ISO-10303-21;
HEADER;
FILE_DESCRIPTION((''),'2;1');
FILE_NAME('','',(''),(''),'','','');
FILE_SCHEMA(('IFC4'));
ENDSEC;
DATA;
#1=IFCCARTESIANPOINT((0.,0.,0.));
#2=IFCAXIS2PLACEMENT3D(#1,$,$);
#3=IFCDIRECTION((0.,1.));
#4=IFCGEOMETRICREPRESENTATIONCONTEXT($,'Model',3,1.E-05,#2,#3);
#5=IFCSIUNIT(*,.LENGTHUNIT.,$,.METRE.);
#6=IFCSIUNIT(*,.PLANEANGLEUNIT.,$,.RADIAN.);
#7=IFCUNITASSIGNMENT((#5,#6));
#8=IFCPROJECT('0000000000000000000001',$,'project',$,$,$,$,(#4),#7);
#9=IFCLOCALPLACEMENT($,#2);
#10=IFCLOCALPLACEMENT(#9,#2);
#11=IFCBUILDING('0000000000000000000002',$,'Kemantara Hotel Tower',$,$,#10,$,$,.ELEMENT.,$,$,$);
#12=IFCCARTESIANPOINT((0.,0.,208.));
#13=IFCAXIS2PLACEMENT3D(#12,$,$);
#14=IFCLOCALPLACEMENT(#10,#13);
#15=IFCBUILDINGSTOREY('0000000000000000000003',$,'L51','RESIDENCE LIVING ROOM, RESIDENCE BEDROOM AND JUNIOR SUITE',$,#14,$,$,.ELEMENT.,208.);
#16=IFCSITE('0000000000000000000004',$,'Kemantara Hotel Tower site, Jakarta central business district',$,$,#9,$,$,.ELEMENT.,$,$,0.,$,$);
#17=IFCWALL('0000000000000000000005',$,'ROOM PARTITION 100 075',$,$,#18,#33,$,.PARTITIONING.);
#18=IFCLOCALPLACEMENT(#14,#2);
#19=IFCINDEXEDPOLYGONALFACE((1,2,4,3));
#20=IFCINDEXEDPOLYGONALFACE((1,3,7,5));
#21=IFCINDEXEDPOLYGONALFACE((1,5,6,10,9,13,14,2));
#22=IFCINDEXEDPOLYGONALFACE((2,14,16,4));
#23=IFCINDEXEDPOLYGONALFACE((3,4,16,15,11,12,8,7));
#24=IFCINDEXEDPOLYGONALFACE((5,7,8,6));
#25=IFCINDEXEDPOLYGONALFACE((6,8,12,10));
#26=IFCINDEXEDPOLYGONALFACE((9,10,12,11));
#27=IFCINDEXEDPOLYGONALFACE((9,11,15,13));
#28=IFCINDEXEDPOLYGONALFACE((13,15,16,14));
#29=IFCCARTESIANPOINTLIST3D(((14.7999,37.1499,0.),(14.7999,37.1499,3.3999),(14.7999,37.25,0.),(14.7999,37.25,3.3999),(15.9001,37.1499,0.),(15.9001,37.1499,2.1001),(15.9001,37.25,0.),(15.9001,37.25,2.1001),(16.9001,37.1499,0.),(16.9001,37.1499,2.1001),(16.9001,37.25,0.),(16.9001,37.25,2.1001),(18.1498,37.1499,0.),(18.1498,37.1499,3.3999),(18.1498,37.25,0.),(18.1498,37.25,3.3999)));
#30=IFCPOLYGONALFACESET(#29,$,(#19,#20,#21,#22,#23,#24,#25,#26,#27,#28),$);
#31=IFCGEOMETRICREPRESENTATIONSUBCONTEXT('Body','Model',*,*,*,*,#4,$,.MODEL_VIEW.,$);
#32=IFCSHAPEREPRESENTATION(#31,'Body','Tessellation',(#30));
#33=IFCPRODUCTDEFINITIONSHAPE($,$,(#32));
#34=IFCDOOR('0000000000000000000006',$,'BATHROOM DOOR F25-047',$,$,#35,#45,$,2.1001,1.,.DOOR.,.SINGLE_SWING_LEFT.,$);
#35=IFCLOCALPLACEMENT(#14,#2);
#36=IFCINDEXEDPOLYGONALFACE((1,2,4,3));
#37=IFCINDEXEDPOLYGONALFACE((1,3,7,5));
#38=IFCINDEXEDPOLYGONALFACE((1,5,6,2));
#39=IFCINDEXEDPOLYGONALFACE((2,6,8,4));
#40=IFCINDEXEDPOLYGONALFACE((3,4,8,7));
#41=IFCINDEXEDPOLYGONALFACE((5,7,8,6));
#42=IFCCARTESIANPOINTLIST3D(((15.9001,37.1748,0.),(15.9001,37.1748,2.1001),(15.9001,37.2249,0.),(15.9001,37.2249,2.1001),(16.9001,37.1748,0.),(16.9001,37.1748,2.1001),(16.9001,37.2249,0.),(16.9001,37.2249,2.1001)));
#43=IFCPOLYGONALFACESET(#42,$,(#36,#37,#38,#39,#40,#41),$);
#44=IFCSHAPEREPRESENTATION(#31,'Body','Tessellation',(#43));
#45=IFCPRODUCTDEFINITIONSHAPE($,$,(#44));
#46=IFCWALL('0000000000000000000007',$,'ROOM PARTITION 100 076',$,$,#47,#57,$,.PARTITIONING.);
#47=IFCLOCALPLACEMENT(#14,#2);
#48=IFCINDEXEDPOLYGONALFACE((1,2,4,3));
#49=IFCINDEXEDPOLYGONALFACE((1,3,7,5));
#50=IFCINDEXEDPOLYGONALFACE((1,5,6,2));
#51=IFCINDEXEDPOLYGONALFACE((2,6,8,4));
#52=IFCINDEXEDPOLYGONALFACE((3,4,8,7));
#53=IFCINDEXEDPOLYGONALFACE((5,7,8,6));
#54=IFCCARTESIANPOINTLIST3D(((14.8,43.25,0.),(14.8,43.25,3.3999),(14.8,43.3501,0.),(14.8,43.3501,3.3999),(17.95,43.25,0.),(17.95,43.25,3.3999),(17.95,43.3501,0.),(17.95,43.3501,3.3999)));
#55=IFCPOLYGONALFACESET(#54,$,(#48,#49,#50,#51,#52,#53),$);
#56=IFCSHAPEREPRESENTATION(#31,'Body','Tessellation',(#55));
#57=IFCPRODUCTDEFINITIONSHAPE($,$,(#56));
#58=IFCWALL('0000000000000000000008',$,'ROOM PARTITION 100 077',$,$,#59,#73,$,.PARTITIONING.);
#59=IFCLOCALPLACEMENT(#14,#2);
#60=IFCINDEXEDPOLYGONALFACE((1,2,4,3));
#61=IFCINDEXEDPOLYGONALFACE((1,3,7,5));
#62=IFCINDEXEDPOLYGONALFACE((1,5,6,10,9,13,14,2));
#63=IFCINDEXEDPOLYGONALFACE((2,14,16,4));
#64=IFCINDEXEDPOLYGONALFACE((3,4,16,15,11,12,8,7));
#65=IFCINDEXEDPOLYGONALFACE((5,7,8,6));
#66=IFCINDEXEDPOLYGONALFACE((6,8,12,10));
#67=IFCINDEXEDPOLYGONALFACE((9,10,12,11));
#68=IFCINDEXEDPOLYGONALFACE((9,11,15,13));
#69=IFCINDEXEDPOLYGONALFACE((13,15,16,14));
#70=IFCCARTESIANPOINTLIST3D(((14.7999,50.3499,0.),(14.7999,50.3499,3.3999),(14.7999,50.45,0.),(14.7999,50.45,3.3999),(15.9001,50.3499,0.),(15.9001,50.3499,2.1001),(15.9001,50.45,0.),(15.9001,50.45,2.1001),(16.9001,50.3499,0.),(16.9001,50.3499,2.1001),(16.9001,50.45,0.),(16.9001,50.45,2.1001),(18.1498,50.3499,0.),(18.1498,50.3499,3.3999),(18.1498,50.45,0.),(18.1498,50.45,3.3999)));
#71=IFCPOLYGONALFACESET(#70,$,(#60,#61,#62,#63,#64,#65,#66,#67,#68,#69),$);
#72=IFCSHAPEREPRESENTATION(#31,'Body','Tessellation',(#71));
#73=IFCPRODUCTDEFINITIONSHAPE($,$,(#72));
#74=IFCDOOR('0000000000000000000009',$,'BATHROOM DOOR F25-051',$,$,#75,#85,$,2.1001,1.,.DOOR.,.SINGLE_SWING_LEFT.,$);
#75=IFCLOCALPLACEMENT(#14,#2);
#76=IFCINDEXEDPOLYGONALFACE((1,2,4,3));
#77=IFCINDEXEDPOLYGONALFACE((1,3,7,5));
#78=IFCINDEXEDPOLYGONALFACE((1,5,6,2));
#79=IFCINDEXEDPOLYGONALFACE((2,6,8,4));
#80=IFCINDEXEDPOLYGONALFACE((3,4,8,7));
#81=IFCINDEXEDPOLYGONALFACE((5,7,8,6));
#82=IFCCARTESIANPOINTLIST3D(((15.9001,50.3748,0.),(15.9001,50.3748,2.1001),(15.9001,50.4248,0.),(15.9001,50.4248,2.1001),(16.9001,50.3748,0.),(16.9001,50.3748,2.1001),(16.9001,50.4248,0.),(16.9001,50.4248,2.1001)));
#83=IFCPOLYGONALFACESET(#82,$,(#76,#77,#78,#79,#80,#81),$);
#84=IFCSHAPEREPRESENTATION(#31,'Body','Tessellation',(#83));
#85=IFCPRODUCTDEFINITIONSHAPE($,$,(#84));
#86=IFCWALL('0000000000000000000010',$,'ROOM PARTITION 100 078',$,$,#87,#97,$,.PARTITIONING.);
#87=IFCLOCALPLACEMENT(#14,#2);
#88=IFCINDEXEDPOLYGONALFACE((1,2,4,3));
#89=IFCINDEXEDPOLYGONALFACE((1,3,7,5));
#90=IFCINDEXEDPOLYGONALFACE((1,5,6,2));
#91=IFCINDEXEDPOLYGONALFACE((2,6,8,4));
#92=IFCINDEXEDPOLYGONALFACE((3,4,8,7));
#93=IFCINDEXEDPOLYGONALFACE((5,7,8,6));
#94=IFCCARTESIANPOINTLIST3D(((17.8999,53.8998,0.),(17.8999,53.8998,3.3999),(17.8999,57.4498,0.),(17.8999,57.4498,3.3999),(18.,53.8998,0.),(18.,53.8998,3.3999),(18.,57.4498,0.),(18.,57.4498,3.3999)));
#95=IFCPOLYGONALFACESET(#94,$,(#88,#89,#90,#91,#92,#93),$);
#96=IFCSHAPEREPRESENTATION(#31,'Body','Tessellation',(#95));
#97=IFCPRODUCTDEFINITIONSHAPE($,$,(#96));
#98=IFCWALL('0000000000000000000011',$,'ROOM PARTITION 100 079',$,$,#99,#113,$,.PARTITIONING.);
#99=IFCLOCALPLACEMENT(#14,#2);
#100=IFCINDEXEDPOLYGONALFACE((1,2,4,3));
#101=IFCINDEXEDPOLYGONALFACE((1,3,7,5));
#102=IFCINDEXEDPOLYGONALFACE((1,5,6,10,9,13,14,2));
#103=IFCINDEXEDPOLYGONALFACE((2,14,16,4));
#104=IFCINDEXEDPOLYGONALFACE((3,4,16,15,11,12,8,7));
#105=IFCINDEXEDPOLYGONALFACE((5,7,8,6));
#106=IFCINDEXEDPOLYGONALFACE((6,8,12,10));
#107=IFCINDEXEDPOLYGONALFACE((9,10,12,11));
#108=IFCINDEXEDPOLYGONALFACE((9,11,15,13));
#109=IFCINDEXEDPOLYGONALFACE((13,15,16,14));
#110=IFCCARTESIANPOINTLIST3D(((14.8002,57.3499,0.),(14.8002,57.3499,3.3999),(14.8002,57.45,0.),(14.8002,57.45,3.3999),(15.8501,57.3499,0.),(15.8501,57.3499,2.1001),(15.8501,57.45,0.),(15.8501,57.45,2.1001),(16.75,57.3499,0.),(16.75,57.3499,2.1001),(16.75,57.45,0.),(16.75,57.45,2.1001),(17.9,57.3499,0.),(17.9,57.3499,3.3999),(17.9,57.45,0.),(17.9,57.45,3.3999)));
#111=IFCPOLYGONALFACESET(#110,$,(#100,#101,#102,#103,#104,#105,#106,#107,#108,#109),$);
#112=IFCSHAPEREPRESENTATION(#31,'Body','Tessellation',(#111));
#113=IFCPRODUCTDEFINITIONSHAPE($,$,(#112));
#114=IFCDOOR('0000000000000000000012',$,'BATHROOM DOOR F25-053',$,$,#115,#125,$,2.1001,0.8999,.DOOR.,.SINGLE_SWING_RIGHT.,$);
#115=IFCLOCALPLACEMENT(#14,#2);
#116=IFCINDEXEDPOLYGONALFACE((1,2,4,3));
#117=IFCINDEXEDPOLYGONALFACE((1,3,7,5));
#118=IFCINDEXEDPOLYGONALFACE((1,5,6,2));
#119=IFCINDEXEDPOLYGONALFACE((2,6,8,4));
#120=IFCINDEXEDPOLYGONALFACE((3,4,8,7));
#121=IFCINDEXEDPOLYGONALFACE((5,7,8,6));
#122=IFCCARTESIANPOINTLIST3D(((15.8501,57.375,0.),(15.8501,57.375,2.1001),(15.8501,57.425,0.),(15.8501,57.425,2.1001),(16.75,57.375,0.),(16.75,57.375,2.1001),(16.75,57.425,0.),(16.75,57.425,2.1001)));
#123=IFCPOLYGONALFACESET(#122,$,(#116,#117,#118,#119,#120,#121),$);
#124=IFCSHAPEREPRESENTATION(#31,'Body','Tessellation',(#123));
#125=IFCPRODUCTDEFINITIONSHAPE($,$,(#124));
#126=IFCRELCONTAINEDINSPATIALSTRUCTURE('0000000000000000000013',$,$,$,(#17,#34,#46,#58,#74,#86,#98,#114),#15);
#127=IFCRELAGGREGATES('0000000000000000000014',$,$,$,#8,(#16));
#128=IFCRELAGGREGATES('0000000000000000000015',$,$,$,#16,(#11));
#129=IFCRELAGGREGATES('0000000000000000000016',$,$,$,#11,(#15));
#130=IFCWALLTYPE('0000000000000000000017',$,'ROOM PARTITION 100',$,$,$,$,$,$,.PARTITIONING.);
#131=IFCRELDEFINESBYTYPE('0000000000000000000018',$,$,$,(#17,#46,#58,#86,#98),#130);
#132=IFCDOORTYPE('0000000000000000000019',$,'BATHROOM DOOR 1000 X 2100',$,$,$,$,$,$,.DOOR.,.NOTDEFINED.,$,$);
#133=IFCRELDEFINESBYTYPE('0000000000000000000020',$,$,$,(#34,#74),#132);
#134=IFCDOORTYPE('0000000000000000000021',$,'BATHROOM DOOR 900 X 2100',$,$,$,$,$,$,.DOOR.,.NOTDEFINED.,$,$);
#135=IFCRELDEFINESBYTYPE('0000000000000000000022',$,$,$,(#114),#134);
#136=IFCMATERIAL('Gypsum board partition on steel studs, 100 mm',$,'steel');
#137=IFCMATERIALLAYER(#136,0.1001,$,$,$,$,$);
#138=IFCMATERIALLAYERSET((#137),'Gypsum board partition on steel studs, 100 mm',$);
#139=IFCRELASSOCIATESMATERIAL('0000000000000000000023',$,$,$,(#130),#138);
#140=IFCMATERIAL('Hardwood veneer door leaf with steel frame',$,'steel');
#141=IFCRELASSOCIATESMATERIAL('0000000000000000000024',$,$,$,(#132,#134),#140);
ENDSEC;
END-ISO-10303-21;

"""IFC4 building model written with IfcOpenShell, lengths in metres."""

from ifc_helpers import new_model, si_unit, direction, frame, frame_2d, origin, place, context, subcontext, project, spatial, rectangle, extrude, material, layer, layer_set, type_object, element, fill, save


model = new_model("IFC4")

# Units and contexts
model_context = context("Model", 3, precision=1e-05, world=origin(), true_north=direction((0.0, 1.0)))
body_context = subcontext(model_context, "Body", "Model", "MODEL_VIEW")
ifc_project = project(units=[si_unit("LENGTHUNIT", "METRE"), si_unit("PLANEANGLEUNIT", "RADIAN")], contexts=[model_context])

# Site, building, storey
site_placement = place(None, origin())
site = spatial("IfcSite", under=ifc_project, at=site_placement, Name="Kemantara Hotel Tower site, Jakarta central business district", CompositionType="ELEMENT", RefElevation=0.0)
building_placement = place(site_placement, origin())
building = spatial("IfcBuilding", under=site, at=building_placement, Name="Kemantara Hotel Tower", CompositionType="ELEMENT")
storey_placement = place(building_placement, frame((0.0, 0.0, 208.0)))
storey = spatial("IfcBuildingStorey", under=building, at=storey_placement, Name="L51", Description="RESIDENCE LIVING ROOM, RESIDENCE BEDROOM AND JUNIOR SUITE", CompositionType="ELEMENT", Elevation=208.0)

# Shared definitions
ifc_material_1 = material(Name="Gypsum board partition on steel studs, 100 mm", Category="steel")
ifc_layer_1 = layer(ifc_material_1, 0.1001)
ifc_layer_set_1 = layer_set([ifc_layer_1], Name="Gypsum board partition on steel studs, 100 mm")
wall_type_1 = type_object("IfcWallType", Name="ROOM PARTITION 100", PredefinedType="PARTITIONING", material=ifc_layer_set_1)

# Wall, opening, door
wall_1_placement = place(storey_placement, frame((14.8, 37.2, 0.0), z_axis=(0.0, 0.0, 1.0), x_axis=(1.0, 0.0, 0.0)))
wall_1 = element("IfcWall", 1, at=wall_1_placement, inside=storey, type_object=wall_type_1, Name="ROOM PARTITION 100 075", PredefinedType="PARTITIONING", context=body_context, shape_type="SweptSolid", body=[
    extrude(rectangle(XDim=3.3499, YDim=0.1001, at=frame_2d((1.6748, 0.0))), origin(), (0.0, 0.0, 1.0), 3.3999),
])
opening_1_placement = place(wall_1_placement, frame((1.1001, 0.0, 0.0)))
opening_1 = element("IfcOpeningElement", 2, at=opening_1_placement, cuts=wall_1, PredefinedType="OPENING", context=body_context, shape_type="SweptSolid", body=[
    extrude(rectangle(XDim=1.0, YDim=2.1001, at=frame_2d((0.5, 1.05))), frame((0.0, 0.0601, 0.0), z_axis=(0.0, -1.0, 0.0), x_axis=(1.0, 0.0, 0.0)), (0.0, 0.0, 1.0), 0.1201),
])
ifc_material_2 = material(Name="Hardwood veneer door leaf with steel frame", Category="steel")
door_type_1 = type_object("IfcDoorType", Name="BATHROOM DOOR 1000 X 2100", OperationType="NOTDEFINED", PredefinedType="DOOR", material=ifc_material_2)
door_1_placement = place(opening_1_placement, origin())
door_1 = element("IfcDoor", 3, at=door_1_placement, inside=storey, type_object=door_type_1, Name="BATHROOM DOOR F25-047", OperationType="SINGLE_SWING_LEFT", OverallHeight=2.1001, OverallWidth=1.0, PredefinedType="DOOR", context=body_context, shape_type="SweptSolid", body=[
    extrude(rectangle(XDim=1.0, YDim=2.1001, at=frame_2d((0.5, 1.05))), frame((0.0, 0.0249, 0.0), z_axis=(0.0, -1.0, 0.0), x_axis=(1.0, 0.0, 0.0)), (0.0, 0.0, 1.0), 0.05),
])
fill(opening_1, door_1)

# Wall
wall_2_placement = place(storey_placement, frame((14.8, 43.3, 0.0), z_axis=(0.0, 0.0, 1.0), x_axis=(1.0, 0.0, 0.0)))
element("IfcWall", 4, at=wall_2_placement, inside=storey, type_object=wall_type_1, Name="ROOM PARTITION 100 076", PredefinedType="PARTITIONING", context=body_context, shape_type="SweptSolid", body=[
    extrude(rectangle(XDim=3.1499, YDim=0.1001, at=frame_2d((1.575, 0.0))), origin(), (0.0, 0.0, 1.0), 3.3999),
])

# Wall, opening, door
wall_3_placement = place(storey_placement, frame((14.8, 50.3999, 0.0), z_axis=(0.0, 0.0, 1.0), x_axis=(1.0, 0.0, 0.0)))
wall_3 = element("IfcWall", 5, at=wall_3_placement, inside=storey, type_object=wall_type_1, Name="ROOM PARTITION 100 077", PredefinedType="PARTITIONING", context=body_context, shape_type="SweptSolid", body=[
    extrude(rectangle(XDim=3.3499, YDim=0.1001, at=frame_2d((1.6748, 0.0))), origin(), (0.0, 0.0, 1.0), 3.3999),
])
opening_2_placement = place(wall_3_placement, frame((1.1001, 0.0, 0.0)))
opening_2 = element("IfcOpeningElement", 6, at=opening_2_placement, cuts=wall_3, PredefinedType="OPENING", context=body_context, shape_type="SweptSolid", body=[
    extrude(rectangle(XDim=1.0, YDim=2.1001, at=frame_2d((0.5, 1.05))), frame((0.0, 0.0601, 0.0), z_axis=(0.0, -1.0, 0.0), x_axis=(1.0, 0.0, 0.0)), (0.0, 0.0, 1.0), 0.1201),
])
door_2_placement = place(opening_2_placement, origin())
door_2 = element("IfcDoor", 7, at=door_2_placement, inside=storey, type_object=door_type_1, Name="BATHROOM DOOR F25-051", OperationType="SINGLE_SWING_LEFT", OverallHeight=2.1001, OverallWidth=1.0, PredefinedType="DOOR", context=body_context, shape_type="SweptSolid", body=[
    extrude(rectangle(XDim=1.0, YDim=2.1001, at=frame_2d((0.5, 1.05))), frame((0.0, 0.0249, 0.0), z_axis=(0.0, -1.0, 0.0), x_axis=(1.0, 0.0, 0.0)), (0.0, 0.0, 1.0), 0.05),
])
fill(opening_2, door_2)

# Wall
wall_4_placement = place(storey_placement, frame((17.95, 53.8999, 0.0), z_axis=(0.0, 0.0, 1.0), x_axis=(0.0, 1.0, 0.0)))
element("IfcWall", 8, at=wall_4_placement, inside=storey, type_object=wall_type_1, Name="ROOM PARTITION 100 078", PredefinedType="PARTITIONING", context=body_context, shape_type="SweptSolid", body=[
    extrude(rectangle(XDim=3.55, YDim=0.1001, at=frame_2d((1.7749, 0.0))), origin(), (0.0, 0.0, 1.0), 3.3999),
])

# Wall, opening, door
wall_5_placement = place(storey_placement, frame((17.8999, 57.3999, 0.0), z_axis=(0.0, 0.0, 1.0), x_axis=(-1.0, 0.0, 0.0)))
wall_5 = element("IfcWall", 9, at=wall_5_placement, inside=storey, type_object=wall_type_1, Name="ROOM PARTITION 100 079", PredefinedType="PARTITIONING", context=body_context, shape_type="SweptSolid", body=[
    extrude(rectangle(XDim=3.0999, YDim=0.1001, at=frame_2d((1.5498, 0.0))), origin(), (0.0, 0.0, 1.0), 3.3999),
])
opening_3_placement = place(wall_5_placement, frame((1.1499, 0.0, 0.0)))
opening_3 = element("IfcOpeningElement", 10, at=opening_3_placement, cuts=wall_5, PredefinedType="OPENING", context=body_context, shape_type="SweptSolid", body=[
    extrude(rectangle(XDim=0.8999, YDim=2.1001, at=frame_2d((0.45, 1.05))), frame((0.0, 0.0601, 0.0), z_axis=(0.0, -1.0, 0.0), x_axis=(1.0, 0.0, 0.0)), (0.0, 0.0, 1.0), 0.1201),
])
door_type_2 = type_object("IfcDoorType", Name="BATHROOM DOOR 900 X 2100", OperationType="NOTDEFINED", PredefinedType="DOOR", material=ifc_material_2)
door_3_placement = place(opening_3_placement, origin())
door_3 = element("IfcDoor", 11, at=door_3_placement, inside=storey, type_object=door_type_2, Name="BATHROOM DOOR F25-053", OperationType="SINGLE_SWING_RIGHT", OverallHeight=2.1001, OverallWidth=0.8999, PredefinedType="DOOR", context=body_context, shape_type="SweptSolid", body=[
    extrude(rectangle(XDim=0.8999, YDim=2.1001, at=frame_2d((0.45, 1.05))), frame((0.0, 0.0249, 0.0), z_axis=(0.0, -1.0, 0.0), x_axis=(1.0, 0.0, 0.0)), (0.0, 0.0, 1.0), 0.05),
])
fill(opening_3, door_3)

save(model, "model.ifc")
